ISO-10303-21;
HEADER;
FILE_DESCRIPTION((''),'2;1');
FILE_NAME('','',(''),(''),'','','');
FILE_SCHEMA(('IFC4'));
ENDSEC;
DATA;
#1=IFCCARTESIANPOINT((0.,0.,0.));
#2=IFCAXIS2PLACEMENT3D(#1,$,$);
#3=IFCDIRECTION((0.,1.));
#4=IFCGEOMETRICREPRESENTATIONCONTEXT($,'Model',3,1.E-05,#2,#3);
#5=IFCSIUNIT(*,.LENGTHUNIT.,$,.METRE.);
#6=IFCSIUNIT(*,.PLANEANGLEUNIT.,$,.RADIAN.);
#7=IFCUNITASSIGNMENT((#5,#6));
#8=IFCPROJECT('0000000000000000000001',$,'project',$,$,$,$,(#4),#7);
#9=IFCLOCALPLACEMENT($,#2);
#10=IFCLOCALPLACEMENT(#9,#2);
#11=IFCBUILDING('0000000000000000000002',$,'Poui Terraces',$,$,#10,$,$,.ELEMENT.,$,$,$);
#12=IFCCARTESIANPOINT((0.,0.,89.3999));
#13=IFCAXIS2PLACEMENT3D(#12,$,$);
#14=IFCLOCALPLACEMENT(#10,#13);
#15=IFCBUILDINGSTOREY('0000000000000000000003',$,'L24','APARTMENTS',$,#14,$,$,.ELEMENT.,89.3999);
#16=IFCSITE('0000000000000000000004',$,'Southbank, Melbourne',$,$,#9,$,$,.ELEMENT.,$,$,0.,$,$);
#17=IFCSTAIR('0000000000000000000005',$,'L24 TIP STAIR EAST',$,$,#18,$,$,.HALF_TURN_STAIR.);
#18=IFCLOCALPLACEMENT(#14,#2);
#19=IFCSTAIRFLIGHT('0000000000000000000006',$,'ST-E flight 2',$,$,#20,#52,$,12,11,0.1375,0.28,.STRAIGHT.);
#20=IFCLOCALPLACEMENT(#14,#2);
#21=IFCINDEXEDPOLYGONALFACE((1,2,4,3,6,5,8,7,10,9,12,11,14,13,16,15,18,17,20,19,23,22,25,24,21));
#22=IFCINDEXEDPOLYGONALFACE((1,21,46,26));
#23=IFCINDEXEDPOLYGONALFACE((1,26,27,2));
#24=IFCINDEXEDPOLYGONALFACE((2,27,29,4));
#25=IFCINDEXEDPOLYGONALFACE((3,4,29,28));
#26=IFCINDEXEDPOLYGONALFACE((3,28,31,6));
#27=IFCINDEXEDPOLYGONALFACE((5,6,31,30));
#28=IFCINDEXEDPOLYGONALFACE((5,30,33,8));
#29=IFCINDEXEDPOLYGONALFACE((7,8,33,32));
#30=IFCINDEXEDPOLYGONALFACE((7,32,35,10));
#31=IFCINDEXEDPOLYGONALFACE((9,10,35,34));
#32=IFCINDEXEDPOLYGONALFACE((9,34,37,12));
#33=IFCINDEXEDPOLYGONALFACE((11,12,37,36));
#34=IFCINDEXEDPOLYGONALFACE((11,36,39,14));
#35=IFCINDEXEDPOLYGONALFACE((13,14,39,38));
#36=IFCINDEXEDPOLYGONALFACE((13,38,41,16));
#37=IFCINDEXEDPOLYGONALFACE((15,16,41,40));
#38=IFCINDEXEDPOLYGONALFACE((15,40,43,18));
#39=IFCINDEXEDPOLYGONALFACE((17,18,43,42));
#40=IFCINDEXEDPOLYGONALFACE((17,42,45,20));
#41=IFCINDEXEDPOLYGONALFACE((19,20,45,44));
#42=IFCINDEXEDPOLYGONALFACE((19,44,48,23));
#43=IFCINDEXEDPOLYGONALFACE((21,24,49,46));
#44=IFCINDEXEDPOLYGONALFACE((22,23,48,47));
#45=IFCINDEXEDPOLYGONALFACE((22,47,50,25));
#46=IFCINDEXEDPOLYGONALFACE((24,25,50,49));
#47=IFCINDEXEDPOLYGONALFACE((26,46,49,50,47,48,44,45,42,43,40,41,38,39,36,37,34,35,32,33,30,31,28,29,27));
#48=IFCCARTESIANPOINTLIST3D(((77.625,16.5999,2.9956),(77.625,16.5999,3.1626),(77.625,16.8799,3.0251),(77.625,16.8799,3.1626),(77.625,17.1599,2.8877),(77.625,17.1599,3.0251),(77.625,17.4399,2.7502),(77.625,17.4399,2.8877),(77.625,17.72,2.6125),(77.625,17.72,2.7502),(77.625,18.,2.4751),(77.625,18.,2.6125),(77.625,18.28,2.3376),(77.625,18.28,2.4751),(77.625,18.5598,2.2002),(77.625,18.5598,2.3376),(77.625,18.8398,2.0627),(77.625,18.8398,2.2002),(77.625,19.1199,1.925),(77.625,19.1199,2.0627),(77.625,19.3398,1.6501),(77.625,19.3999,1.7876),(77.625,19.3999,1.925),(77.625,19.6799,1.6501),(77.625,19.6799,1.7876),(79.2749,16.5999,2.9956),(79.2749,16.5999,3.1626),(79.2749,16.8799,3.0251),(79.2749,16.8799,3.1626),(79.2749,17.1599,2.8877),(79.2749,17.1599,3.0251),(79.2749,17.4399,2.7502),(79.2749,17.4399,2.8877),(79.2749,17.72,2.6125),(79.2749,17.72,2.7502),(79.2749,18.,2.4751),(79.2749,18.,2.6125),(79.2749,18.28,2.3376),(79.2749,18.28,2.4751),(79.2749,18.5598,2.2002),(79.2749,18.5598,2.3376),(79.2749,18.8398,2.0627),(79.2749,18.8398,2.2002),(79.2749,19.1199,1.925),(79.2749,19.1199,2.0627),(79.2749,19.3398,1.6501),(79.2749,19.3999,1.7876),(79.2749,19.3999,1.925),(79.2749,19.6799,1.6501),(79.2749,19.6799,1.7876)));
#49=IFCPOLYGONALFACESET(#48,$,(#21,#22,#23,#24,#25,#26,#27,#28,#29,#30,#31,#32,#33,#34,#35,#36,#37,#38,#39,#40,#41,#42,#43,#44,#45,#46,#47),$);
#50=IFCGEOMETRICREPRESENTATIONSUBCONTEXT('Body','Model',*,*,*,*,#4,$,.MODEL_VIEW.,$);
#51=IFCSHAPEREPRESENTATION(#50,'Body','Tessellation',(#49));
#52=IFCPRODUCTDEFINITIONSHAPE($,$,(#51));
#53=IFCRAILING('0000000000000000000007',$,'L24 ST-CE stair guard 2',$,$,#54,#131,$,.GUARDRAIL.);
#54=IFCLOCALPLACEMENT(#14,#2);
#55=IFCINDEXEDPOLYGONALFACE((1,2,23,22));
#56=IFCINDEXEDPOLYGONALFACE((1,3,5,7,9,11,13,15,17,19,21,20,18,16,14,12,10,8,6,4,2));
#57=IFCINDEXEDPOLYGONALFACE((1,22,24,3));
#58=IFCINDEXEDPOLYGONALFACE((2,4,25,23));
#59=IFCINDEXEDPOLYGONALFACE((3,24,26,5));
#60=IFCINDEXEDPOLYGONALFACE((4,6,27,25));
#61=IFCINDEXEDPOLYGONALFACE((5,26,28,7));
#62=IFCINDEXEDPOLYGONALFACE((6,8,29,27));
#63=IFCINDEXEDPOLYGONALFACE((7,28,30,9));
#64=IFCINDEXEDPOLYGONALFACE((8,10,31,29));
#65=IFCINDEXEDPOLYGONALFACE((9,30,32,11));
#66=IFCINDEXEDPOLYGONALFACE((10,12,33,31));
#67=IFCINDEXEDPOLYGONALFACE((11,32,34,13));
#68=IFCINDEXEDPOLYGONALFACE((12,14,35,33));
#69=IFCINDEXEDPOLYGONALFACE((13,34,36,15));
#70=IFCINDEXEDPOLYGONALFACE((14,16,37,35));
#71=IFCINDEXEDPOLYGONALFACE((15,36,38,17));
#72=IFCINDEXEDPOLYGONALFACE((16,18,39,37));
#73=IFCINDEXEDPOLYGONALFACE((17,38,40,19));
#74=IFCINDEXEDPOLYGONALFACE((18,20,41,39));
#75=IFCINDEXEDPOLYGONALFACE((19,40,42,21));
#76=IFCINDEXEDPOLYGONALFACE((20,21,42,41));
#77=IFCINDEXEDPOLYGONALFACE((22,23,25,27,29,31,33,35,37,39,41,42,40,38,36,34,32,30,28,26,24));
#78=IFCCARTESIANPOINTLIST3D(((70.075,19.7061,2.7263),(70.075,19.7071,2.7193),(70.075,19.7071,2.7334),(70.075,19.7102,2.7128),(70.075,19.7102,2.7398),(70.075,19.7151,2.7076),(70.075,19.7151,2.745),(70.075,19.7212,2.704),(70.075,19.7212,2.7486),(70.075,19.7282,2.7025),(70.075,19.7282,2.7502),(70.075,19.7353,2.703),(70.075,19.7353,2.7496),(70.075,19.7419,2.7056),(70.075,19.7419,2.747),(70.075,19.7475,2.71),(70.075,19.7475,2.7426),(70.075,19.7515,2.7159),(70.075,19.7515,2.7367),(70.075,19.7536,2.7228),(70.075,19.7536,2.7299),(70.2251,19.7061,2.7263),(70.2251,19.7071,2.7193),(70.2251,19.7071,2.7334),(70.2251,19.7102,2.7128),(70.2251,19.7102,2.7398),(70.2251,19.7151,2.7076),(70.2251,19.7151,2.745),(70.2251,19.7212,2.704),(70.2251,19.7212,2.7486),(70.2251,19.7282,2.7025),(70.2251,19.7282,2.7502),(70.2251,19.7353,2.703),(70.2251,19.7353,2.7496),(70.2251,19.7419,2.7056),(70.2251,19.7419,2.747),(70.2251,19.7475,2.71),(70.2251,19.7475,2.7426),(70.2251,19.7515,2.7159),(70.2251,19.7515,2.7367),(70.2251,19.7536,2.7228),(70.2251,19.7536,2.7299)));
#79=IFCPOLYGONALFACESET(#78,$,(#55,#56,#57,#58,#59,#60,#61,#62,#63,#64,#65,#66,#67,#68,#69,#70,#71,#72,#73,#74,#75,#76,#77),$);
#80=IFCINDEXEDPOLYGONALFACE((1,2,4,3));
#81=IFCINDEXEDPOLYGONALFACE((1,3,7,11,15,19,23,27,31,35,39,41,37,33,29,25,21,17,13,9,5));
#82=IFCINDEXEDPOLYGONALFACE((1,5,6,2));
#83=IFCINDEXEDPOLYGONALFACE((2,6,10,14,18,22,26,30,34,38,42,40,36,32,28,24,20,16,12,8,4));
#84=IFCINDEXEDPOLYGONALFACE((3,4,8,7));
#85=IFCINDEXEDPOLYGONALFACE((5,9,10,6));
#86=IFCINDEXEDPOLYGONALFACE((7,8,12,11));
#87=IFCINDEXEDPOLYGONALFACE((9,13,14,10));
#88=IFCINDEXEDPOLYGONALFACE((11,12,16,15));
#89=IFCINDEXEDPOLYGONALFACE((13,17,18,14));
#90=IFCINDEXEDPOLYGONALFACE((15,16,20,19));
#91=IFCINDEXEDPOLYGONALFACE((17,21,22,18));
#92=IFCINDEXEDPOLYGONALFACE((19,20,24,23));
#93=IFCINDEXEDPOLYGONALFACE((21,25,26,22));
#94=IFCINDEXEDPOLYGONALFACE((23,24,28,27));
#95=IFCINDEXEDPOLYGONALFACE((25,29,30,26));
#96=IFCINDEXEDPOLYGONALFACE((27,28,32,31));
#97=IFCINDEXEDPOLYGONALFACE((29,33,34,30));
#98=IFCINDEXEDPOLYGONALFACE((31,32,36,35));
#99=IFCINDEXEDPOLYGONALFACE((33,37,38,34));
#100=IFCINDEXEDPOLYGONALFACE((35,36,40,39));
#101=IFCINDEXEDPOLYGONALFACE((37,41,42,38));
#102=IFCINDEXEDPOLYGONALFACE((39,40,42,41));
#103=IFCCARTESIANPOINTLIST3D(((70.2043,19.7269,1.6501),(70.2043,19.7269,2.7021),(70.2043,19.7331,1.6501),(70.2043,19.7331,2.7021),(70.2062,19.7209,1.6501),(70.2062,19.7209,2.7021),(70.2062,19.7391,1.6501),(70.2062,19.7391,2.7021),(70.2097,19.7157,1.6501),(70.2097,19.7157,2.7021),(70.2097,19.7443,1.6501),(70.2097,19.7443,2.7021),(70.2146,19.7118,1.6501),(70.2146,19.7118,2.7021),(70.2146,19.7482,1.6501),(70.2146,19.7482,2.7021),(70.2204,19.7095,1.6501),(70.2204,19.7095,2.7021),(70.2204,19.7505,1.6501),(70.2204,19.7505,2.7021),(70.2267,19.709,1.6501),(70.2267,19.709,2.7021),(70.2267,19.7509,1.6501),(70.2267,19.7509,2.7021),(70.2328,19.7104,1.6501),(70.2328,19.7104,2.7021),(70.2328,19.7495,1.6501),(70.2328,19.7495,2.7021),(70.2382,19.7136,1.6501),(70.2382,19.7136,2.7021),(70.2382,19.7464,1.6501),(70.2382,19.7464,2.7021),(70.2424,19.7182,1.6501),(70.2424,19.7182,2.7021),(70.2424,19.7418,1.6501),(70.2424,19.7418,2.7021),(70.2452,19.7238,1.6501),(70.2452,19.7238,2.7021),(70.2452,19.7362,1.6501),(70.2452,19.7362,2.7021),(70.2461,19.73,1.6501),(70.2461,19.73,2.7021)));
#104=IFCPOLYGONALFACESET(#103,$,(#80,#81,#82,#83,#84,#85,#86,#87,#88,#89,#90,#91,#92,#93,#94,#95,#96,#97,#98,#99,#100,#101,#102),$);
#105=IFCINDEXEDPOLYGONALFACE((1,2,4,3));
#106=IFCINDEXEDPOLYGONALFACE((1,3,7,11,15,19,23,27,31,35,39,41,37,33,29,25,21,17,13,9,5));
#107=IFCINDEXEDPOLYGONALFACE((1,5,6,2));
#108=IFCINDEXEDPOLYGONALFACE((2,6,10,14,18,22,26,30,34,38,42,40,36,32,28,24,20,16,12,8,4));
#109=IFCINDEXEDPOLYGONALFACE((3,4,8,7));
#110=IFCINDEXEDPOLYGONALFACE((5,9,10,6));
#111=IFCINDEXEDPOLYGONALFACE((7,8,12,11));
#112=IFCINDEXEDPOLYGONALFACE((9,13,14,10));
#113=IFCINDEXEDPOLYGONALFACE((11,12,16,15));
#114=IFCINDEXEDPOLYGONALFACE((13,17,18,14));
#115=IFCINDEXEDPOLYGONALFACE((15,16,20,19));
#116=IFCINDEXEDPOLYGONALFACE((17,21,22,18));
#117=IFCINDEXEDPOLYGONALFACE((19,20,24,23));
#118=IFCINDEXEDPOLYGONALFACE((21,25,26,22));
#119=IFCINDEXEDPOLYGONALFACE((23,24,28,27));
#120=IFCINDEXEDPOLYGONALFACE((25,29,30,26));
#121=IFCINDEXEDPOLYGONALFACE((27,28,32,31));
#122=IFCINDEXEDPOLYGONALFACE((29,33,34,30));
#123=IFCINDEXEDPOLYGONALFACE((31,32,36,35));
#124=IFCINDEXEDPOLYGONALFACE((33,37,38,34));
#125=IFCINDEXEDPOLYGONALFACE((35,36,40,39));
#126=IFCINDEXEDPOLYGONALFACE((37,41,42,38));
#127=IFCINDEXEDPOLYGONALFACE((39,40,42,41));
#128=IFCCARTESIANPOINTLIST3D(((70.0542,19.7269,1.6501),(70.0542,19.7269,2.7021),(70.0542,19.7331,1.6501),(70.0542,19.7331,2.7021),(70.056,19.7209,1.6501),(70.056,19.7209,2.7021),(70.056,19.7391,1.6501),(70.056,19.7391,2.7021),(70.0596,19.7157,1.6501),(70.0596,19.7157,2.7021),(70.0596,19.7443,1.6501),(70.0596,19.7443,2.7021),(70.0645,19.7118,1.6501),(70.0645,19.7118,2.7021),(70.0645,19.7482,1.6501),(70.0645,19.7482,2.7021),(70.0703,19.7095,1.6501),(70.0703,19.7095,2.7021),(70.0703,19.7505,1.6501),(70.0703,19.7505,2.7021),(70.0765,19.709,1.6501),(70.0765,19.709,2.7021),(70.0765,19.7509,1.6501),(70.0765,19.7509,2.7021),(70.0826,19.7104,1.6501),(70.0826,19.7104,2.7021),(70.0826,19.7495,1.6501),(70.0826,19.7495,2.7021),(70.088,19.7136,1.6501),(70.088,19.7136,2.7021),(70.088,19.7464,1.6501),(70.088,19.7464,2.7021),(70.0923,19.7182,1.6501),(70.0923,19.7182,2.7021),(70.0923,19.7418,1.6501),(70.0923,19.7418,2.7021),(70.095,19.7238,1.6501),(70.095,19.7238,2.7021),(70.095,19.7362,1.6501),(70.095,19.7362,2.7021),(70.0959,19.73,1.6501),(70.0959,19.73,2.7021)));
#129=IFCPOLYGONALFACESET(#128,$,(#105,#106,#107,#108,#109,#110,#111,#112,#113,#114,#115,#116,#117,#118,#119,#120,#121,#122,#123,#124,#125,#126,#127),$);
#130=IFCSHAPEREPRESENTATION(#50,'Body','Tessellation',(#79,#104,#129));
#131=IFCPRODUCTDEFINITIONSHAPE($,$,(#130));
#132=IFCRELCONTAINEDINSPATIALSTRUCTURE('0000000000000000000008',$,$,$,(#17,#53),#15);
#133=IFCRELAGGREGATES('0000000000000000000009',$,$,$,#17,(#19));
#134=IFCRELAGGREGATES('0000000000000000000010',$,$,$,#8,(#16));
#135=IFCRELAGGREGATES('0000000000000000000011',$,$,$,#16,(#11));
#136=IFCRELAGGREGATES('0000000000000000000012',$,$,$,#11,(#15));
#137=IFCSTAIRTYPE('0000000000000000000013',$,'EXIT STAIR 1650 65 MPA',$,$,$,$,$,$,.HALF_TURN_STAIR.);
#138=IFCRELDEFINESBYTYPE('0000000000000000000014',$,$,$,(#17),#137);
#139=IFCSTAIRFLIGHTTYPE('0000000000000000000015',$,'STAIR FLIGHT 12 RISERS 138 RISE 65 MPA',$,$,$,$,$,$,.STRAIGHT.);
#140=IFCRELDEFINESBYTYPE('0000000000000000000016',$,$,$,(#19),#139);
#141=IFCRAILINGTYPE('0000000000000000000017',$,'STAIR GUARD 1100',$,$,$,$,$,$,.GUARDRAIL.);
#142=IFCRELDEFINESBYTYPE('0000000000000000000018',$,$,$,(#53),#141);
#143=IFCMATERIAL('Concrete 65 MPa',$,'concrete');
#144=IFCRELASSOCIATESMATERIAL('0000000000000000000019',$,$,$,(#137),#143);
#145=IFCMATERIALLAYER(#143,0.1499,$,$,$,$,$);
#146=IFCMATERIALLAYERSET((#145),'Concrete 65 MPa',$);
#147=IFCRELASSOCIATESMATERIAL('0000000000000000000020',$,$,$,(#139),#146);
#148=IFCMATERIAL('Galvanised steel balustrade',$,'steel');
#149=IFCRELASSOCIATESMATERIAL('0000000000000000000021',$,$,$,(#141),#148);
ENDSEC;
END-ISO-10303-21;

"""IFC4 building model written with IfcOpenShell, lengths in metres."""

from ifc_helpers import new_model, si_unit, direction, frame, origin, origin_2d, place, context, subcontext, project, spatial, polyline, circle, outline, extrude, material, layer, layer_set, type_object, element, aggregate, save


model = new_model("IFC4")

# Units and contexts
model_context = context("Model", 3, precision=1e-05, world=origin(), true_north=direction((0.0, 1.0)))
body_context = subcontext(model_context, "Body", "Model", "MODEL_VIEW")
ifc_project = project(units=[si_unit("LENGTHUNIT", "METRE"), si_unit("PLANEANGLEUNIT", "RADIAN")], contexts=[model_context])

# Site, building, storey
site_placement = place(None, origin())
site = spatial("IfcSite", under=ifc_project, at=site_placement, Name="Southbank, Melbourne", CompositionType="ELEMENT", RefElevation=0.0)
building_placement = place(site_placement, origin())
building = spatial("IfcBuilding", under=site, at=building_placement, Name="Poui Terraces", CompositionType="ELEMENT")
storey_placement = place(building_placement, frame((0.0, 0.0, 89.3999)))
storey = spatial("IfcBuildingStorey", under=building, at=storey_placement, Name="L24", Description="APARTMENTS", CompositionType="ELEMENT", Elevation=89.3999)

# Shared definitions
ifc_material_1 = material(Name="Concrete 65 MPa", Category="concrete")

# Stair, stair flight
stair_type = type_object("IfcStairType", Name="EXIT STAIR 1650 65 MPA", PredefinedType="HALF_TURN_STAIR", material=ifc_material_1)
stair_placement = place(storey_placement, origin())
stair = element("IfcStair", 1, at=stair_placement, inside=storey, type_object=stair_type, Name="L24 TIP STAIR EAST", PredefinedType="HALF_TURN_STAIR")
ifc_layer_1 = layer(ifc_material_1, 0.1499)
ifc_layer_set_1 = layer_set([ifc_layer_1], Name="Concrete 65 MPa")
stair_flight_type = type_object("IfcStairFlightType", Name="STAIR FLIGHT 12 RISERS 138 RISE 65 MPA", PredefinedType="STRAIGHT", material=ifc_layer_set_1)
stair_flight_1_placement = place(storey_placement, frame((78.45, 19.6799, 1.6501), z_axis=(0.0, 0.0, 1.0), x_axis=(0.0, -1.0, 0.0)))
stair_flight_1 = element("IfcStairFlight", 2, at=stair_flight_1_placement, type_object=stair_flight_type, Name="ST-E flight 2", NumberOfRisers=12, NumberOfTreads=11, PredefinedType="STRAIGHT", RiserHeight=0.1375, TreadLength=0.28, context=body_context, shape_type="SweptSolid", body=[
    extrude(outline(polyline([(0.0, 0.0), (0.0, 0.1375), (0.28, 0.1375), (0.28, 0.2749), (0.5601, 0.2749), (0.5601, 0.4126), (0.8401, 0.4126), (0.8401, 0.55), (1.1201, 0.55), (1.1201, 0.6875), (1.3999, 0.6875), (1.3999, 0.825), (1.6799, 0.825), (1.6799, 0.9624), (1.96, 0.9624), (1.96, 1.1001), (2.24, 1.1001), (2.24, 1.2375), (2.52, 1.2375), (2.52, 1.375), (2.8, 1.375), (2.8, 1.5125), (3.0801, 1.5125), (3.0801, 1.6499), (3.0801, 1.3455), (0.3401, 0.0), (0.0, 0.0)])), frame((0.0, 0.825, 0.0), z_axis=(0.0, -1.0, 0.0), x_axis=(1.0, 0.0, 0.0)), (0.0, 0.0, 1.0), 1.6499),
])
aggregate(stair, [stair_flight_1])

# Railing
ifc_material_2 = material(Name="Galvanised steel balustrade", Category="steel")
railing_type_1 = type_object("IfcRailingType", Name="STAIR GUARD 1100", PredefinedType="GUARDRAIL", material=ifc_material_2)
railing_1_placement = place(storey_placement, frame((70.2251, 19.73, 1.6501)))
element("IfcRailing", 3, at=railing_1_placement, inside=storey, type_object=railing_type_1, Name="L24 ST-CE stair guard 2", PredefinedType="GUARDRAIL", context=body_context, shape_type="SweptSolid", body=[
    extrude(circle(Radius=0.0239, at=origin_2d()), frame((0.0, 0.0, 1.0762), z_axis=(-1.0, 0.0, 0.0), x_axis=(0.0, -1.0, 0.0)), (0.0, 0.0, 1.0), 0.1501),
    extrude(circle(Radius=0.021, at=origin_2d()), origin(), (0.0, 0.0, 1.0), 1.052),
    extrude(circle(Radius=0.021, at=origin_2d()), frame((-0.1501, 0.0, 0.0)), (0.0, 0.0, 1.0), 1.052),
])

save(model, "model.ifc")
